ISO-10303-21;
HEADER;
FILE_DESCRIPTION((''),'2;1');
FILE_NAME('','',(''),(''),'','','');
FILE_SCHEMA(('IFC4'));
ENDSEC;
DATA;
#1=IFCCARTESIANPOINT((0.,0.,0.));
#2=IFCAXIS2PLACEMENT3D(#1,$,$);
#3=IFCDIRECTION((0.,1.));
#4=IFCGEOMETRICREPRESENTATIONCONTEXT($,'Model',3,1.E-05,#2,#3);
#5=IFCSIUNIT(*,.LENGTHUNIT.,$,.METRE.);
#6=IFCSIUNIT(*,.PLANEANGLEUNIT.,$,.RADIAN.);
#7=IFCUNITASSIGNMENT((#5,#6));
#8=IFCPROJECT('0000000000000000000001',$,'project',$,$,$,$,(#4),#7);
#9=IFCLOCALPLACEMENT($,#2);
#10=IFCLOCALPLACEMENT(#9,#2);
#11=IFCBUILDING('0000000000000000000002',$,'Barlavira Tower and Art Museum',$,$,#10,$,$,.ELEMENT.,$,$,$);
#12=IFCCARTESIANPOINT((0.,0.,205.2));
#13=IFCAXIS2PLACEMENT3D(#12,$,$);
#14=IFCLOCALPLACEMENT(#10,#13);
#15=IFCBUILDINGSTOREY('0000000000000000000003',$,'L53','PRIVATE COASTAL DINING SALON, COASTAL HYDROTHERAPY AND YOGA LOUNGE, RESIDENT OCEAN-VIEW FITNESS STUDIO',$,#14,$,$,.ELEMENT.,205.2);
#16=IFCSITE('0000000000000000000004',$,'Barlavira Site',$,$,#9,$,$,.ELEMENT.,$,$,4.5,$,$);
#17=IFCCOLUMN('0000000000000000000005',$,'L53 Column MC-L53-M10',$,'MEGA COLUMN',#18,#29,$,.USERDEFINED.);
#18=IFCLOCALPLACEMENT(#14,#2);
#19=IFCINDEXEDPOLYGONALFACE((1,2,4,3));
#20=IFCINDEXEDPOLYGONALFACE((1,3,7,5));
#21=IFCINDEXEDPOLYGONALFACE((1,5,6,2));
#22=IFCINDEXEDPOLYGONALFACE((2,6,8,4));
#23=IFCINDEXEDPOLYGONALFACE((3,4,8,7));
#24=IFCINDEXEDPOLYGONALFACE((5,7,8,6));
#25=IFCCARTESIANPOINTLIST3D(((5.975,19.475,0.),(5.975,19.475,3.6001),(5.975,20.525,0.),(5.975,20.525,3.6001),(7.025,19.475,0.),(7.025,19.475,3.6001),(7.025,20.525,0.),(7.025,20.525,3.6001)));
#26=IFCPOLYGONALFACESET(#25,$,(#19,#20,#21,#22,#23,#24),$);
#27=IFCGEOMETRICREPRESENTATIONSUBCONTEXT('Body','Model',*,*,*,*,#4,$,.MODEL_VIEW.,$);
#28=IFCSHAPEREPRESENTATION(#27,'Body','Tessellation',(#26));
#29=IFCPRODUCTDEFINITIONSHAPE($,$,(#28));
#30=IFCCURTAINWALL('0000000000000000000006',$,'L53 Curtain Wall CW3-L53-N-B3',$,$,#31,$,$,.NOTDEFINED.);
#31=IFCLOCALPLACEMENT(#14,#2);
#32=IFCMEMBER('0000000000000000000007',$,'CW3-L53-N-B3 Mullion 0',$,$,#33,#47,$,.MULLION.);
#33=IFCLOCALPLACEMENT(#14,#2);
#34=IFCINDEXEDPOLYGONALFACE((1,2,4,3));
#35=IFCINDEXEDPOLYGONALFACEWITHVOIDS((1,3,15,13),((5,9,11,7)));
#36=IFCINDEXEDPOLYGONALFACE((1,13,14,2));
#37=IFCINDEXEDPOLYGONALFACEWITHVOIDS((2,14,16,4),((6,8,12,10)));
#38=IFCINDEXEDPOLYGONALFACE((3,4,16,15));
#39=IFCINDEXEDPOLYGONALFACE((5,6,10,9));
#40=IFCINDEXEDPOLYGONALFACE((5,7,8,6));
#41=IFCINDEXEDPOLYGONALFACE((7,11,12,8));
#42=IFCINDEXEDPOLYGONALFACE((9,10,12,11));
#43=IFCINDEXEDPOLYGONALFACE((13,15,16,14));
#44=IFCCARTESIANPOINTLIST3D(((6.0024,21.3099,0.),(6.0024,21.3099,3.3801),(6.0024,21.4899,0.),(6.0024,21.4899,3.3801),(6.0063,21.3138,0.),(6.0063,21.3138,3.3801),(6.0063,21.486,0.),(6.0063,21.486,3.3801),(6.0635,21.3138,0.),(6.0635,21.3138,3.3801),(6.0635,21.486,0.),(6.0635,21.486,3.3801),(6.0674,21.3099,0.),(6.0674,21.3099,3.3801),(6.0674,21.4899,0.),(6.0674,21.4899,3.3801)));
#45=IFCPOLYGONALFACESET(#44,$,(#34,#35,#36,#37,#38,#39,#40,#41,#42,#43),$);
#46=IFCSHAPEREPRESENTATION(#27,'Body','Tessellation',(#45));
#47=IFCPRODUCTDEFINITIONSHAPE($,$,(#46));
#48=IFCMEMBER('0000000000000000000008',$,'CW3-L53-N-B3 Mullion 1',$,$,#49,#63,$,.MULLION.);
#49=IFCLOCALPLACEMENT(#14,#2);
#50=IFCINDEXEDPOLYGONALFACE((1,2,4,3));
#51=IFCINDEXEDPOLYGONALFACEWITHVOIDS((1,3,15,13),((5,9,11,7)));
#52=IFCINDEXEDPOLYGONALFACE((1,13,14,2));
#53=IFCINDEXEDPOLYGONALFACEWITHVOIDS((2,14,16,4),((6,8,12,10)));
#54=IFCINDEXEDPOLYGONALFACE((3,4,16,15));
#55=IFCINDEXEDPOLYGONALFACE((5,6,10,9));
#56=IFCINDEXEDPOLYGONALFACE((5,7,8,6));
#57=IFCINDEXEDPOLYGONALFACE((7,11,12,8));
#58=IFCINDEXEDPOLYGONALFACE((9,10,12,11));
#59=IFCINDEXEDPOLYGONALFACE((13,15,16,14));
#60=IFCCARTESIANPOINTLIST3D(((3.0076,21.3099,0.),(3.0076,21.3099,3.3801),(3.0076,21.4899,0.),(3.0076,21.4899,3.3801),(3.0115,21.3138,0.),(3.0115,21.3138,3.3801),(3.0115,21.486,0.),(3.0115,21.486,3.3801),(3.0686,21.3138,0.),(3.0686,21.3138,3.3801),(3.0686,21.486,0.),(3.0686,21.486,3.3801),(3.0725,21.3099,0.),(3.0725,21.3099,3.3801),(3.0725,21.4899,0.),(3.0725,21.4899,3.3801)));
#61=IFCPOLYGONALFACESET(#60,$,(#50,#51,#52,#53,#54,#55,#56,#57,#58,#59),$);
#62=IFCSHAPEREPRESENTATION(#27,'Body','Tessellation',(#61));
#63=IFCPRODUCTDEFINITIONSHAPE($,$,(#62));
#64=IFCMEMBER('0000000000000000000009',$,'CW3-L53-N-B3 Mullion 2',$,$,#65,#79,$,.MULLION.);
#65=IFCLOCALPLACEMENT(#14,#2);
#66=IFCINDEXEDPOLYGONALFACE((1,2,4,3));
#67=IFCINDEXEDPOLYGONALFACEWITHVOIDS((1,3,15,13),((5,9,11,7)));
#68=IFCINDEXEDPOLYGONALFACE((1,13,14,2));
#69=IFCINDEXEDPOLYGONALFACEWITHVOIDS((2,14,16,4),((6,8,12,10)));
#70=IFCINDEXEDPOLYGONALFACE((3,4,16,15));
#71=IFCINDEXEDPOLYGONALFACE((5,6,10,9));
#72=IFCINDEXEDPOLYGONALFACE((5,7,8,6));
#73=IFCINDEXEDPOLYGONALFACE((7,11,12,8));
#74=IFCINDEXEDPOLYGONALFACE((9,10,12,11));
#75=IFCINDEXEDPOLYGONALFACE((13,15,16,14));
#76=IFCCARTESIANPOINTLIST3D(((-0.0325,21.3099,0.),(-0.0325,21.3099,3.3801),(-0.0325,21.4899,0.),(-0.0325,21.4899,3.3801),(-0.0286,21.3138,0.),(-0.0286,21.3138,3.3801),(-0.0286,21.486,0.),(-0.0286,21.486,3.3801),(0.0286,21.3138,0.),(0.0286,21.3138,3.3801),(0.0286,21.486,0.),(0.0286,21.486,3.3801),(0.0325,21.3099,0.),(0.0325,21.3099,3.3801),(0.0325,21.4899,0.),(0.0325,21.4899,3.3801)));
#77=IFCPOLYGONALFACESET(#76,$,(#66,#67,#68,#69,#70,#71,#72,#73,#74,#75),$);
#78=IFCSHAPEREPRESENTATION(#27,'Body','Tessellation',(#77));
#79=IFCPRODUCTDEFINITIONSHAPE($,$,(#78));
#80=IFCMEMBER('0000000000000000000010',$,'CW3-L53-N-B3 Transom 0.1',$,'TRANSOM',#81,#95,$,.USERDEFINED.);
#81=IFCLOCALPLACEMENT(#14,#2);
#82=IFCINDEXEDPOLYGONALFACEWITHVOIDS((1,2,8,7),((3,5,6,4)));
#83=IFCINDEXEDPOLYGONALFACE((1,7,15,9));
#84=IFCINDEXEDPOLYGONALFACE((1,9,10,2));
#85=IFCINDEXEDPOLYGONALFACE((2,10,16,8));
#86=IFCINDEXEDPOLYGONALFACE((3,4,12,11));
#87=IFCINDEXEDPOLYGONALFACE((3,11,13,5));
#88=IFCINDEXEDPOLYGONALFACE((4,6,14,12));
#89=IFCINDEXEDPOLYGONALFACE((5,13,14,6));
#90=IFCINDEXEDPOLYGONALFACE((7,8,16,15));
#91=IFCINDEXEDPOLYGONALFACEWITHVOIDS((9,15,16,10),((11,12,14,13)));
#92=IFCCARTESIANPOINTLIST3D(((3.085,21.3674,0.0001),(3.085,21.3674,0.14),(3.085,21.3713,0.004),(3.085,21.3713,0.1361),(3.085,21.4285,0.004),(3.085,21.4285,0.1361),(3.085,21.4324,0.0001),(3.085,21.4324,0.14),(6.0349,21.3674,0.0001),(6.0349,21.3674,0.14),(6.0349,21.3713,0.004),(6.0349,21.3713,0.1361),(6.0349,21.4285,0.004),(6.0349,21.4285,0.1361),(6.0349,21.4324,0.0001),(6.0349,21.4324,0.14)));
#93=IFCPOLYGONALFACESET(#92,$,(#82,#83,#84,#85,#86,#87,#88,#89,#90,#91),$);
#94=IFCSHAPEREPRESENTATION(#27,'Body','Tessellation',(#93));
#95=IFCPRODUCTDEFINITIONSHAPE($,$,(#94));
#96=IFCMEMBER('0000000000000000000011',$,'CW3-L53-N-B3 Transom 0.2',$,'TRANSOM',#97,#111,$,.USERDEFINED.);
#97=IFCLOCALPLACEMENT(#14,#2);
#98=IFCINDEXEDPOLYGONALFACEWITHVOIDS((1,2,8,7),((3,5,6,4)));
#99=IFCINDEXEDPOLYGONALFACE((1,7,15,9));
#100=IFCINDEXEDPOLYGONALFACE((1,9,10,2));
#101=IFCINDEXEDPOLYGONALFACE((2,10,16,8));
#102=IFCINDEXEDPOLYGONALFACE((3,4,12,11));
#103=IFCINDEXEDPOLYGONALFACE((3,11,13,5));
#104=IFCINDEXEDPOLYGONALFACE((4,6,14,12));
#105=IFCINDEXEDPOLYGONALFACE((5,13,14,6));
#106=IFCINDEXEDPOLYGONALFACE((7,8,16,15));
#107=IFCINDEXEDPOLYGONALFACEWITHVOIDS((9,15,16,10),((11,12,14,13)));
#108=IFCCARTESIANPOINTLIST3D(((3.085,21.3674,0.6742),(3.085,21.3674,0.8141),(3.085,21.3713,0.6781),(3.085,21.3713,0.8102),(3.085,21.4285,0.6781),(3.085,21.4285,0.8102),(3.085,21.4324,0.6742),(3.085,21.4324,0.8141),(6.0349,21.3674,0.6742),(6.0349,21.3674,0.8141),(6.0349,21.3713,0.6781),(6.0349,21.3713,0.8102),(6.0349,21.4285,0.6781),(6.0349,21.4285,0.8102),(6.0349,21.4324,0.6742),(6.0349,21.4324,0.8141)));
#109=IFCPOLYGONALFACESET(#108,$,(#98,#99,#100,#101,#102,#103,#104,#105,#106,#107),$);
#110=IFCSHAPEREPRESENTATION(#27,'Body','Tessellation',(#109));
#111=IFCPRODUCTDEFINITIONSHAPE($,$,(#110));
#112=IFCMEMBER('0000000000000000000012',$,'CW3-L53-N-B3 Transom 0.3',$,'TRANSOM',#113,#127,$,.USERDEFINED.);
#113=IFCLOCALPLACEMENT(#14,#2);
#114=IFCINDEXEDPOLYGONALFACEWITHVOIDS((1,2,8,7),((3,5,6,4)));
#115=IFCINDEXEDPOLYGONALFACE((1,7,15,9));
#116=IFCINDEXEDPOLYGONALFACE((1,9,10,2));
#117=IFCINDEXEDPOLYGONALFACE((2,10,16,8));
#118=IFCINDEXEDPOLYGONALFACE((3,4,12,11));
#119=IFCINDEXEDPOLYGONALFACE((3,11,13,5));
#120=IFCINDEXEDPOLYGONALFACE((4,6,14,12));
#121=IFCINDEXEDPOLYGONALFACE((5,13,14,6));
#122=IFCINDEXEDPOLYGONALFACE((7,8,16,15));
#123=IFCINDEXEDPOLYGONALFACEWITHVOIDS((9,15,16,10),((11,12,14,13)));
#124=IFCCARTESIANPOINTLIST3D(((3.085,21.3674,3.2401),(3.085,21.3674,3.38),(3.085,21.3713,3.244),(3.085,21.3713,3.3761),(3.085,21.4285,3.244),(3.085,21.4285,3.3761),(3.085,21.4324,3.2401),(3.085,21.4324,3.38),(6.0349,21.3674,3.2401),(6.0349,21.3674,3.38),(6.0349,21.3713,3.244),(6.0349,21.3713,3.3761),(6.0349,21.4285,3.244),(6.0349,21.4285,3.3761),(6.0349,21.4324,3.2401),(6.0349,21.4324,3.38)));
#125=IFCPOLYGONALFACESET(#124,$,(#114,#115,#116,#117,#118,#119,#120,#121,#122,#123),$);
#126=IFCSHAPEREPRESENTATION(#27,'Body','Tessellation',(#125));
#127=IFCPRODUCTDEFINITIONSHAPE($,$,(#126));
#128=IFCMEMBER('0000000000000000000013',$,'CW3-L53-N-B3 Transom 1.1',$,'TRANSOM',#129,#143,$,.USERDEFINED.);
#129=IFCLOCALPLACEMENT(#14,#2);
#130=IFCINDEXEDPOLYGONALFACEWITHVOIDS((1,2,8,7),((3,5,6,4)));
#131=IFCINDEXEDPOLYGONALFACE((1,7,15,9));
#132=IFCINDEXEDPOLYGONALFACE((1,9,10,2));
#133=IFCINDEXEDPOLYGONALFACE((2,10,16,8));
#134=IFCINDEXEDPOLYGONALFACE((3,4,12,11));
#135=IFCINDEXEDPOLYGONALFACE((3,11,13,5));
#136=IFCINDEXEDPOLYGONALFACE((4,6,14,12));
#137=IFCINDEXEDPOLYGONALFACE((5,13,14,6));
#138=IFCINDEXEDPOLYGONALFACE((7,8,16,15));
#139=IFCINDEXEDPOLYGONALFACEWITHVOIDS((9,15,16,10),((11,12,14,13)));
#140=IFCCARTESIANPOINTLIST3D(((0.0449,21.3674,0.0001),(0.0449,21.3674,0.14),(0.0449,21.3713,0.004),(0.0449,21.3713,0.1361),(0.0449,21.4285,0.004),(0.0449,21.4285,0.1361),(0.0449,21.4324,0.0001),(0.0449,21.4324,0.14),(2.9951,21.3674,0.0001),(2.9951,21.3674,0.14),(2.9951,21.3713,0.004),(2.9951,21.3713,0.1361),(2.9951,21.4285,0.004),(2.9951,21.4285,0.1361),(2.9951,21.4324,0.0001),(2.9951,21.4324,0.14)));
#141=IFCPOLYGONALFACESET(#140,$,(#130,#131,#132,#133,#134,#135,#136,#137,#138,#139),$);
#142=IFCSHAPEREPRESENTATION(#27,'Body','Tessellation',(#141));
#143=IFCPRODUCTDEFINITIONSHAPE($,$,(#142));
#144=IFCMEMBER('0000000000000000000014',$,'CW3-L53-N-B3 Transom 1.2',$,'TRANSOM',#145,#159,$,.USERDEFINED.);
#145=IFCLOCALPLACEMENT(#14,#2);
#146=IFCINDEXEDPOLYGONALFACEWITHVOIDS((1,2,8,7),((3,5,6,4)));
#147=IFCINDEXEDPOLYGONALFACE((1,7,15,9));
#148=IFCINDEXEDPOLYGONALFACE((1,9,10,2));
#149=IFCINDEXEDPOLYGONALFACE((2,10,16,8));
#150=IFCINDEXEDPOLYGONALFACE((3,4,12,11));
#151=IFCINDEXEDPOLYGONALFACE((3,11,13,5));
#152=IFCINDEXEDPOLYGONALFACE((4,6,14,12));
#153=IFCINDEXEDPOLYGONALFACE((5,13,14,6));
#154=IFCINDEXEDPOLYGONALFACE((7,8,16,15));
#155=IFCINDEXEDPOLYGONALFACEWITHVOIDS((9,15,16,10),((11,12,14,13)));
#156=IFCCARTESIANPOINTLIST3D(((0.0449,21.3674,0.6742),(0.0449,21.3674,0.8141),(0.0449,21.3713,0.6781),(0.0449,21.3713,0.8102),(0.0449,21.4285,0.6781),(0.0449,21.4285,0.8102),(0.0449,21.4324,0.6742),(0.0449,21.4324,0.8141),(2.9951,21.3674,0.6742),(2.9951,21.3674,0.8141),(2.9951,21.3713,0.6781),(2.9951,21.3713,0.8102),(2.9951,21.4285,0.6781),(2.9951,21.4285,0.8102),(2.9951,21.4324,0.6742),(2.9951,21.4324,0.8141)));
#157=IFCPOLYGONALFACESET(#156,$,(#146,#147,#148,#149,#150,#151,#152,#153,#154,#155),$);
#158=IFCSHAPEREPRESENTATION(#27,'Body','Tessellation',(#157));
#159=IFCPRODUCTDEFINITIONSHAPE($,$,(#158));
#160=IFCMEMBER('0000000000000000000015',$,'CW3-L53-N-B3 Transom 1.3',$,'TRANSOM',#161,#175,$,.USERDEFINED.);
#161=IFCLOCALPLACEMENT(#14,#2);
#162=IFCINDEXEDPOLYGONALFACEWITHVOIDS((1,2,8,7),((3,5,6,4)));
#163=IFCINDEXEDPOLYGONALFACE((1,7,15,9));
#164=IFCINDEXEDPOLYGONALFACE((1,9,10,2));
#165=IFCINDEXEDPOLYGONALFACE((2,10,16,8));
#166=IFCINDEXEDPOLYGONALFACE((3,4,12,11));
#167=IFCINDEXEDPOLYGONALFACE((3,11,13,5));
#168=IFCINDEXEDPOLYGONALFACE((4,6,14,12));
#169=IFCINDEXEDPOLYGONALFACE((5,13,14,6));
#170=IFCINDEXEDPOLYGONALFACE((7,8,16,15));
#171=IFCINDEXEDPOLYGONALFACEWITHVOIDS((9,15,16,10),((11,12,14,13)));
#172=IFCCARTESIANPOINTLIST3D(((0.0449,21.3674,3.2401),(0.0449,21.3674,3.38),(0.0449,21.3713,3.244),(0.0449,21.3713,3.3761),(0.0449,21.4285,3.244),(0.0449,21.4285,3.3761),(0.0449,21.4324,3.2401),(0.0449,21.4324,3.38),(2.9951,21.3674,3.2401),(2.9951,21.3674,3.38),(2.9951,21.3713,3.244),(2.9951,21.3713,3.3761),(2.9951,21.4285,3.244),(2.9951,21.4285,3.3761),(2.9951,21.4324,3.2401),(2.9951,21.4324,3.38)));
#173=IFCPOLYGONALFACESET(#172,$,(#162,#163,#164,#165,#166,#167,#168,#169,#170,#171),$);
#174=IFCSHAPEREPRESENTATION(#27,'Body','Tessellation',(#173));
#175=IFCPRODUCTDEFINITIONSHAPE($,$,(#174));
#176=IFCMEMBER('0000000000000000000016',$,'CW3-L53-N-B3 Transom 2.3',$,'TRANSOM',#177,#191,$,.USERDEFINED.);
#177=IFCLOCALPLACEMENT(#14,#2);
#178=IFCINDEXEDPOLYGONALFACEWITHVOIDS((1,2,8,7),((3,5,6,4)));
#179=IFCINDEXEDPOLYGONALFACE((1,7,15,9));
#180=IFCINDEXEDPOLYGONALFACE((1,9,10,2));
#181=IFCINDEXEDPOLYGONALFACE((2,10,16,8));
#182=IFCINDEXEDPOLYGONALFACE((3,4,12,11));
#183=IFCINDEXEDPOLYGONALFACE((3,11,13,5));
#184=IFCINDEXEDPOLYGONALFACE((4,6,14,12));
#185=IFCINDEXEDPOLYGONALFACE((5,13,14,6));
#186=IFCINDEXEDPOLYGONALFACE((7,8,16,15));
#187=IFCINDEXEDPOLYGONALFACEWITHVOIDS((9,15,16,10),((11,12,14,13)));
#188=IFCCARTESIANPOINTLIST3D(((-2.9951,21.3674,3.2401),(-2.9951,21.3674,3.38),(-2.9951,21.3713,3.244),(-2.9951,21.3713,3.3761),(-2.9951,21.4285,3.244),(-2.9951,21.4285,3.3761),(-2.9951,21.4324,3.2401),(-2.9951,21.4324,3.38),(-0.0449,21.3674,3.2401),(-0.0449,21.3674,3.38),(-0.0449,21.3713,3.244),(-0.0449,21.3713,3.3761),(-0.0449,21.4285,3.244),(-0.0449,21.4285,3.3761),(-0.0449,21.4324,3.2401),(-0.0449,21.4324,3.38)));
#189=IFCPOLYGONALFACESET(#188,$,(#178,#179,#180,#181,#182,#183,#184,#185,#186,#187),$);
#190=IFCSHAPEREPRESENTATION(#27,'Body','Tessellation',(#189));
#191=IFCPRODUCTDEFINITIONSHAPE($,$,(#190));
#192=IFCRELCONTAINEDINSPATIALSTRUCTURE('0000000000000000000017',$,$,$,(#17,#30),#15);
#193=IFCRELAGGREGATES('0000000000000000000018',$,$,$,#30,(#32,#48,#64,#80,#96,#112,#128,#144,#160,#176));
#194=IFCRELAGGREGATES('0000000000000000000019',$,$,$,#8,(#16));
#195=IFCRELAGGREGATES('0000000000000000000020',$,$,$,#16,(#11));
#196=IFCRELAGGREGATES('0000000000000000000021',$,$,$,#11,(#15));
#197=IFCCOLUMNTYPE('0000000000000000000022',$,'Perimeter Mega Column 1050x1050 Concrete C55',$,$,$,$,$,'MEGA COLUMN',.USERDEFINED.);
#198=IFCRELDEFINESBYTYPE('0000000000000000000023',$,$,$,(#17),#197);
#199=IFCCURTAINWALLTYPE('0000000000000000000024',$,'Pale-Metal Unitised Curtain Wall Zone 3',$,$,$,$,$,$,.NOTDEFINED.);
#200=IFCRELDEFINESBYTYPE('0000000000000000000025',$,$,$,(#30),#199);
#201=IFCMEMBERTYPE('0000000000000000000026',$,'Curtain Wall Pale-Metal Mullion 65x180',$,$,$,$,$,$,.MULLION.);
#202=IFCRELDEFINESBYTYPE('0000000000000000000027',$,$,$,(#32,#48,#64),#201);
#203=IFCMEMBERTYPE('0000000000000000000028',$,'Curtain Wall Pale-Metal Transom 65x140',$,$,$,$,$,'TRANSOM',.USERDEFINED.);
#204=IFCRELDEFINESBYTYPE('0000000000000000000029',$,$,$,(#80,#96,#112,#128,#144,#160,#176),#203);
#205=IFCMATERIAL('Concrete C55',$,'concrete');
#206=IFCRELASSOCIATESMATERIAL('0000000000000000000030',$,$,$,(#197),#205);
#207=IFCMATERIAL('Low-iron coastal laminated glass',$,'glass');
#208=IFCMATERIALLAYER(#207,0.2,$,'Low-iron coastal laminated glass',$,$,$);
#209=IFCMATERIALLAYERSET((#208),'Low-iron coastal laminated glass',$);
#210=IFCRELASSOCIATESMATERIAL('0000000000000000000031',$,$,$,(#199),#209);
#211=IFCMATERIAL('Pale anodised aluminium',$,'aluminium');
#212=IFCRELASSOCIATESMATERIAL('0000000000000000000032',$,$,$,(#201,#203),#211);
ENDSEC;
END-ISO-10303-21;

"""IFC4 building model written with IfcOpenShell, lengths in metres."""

from ifc_helpers import new_model, si_unit, direction, frame, origin, origin_2d, place, context, subcontext, project, spatial, rectangle, hollow_rectangle, extrude, material, layer, layer_set, material_profile, profile_set, type_object, element, aggregate, save


model = new_model("IFC4")

# Units and contexts
model_context = context("Model", 3, precision=1e-05, world=origin(), true_north=direction((0.0, 1.0)))
body_context = subcontext(model_context, "Body", "Model", "MODEL_VIEW")
ifc_project = project(units=[si_unit("LENGTHUNIT", "METRE"), si_unit("PLANEANGLEUNIT", "RADIAN")], contexts=[model_context])

# Site, building, storey
site_placement = place(None, origin())
site = spatial("IfcSite", under=ifc_project, at=site_placement, Name="Barlavira Site", CompositionType="ELEMENT", RefElevation=4.5)
building_placement = place(site_placement, origin())
building = spatial("IfcBuilding", under=site, at=building_placement, Name="Barlavira Tower and Art Museum", CompositionType="ELEMENT")
storey_placement = place(building_placement, frame((0.0, 0.0, 205.2)))
storey = spatial("IfcBuildingStorey", under=building, at=storey_placement, Name="L53", Description="PRIVATE COASTAL DINING SALON, COASTAL HYDROTHERAPY AND YOGA LOUNGE, RESIDENT OCEAN-VIEW FITNESS STUDIO", CompositionType="ELEMENT", Elevation=205.2)

# Column
ifc_material_1 = material(Name="Concrete C55", Category="concrete")
ifc_material_profile_1 = material_profile(ifc_material_1, rectangle(XDim=1.05, YDim=1.05, at=origin_2d()), Name="RC-COL 1050x1050")
ifc_profile_set_1 = profile_set([ifc_material_profile_1], Name="Concrete C55")
column_type = type_object("IfcColumnType", Name="Perimeter Mega Column 1050x1050 Concrete C55", ElementType="MEGA COLUMN", PredefinedType="USERDEFINED", material=ifc_profile_set_1)
column_placement = place(storey_placement, frame((6.5, 20.0, 0.0), z_axis=(0.0, 0.0, 1.0), x_axis=(1.0, 0.0, 0.0)))
element("IfcColumn", 1, at=column_placement, inside=storey, type_object=column_type, Name="L53 Column MC-L53-M10", ObjectType="MEGA COLUMN", PredefinedType="USERDEFINED", context=body_context, shape_type="SweptSolid", body=[
    extrude(rectangle(XDim=1.05, YDim=1.05, at=origin_2d()), origin(), (0.0, 0.0, 1.0), 3.6001),
])

# Curtain wall, members
ifc_material_2 = material(Name="Low-iron coastal laminated glass", Category="glass")
ifc_layer_1 = layer(ifc_material_2, 0.2, Name="Low-iron coastal laminated glass")
ifc_layer_set_1 = layer_set([ifc_layer_1], Name="Low-iron coastal laminated glass")
curtain_wall_type = type_object("IfcCurtainWallType", Name="Pale-Metal Unitised Curtain Wall Zone 3", PredefinedType="NOTDEFINED", material=ifc_layer_set_1)
curtain_wall_placement = place(storey_placement, origin())
curtain_wall = element("IfcCurtainWall", 2, at=curtain_wall_placement, inside=storey, type_object=curtain_wall_type, Name="L53 Curtain Wall CW3-L53-N-B3", PredefinedType="NOTDEFINED")
ifc_material_3 = material(Name="Pale anodised aluminium", Category="aluminium")
ifc_material_profile_2 = material_profile(ifc_material_3, hollow_rectangle(XDim=0.0649, YDim=0.1799, WallThickness=0.0039, at=origin_2d()), Name="ALU-MULL 65x180x4")
ifc_profile_set_2 = profile_set([ifc_material_profile_2], Name="Pale anodised aluminium")
member_type_1 = type_object("IfcMemberType", Name="Curtain Wall Pale-Metal Mullion 65x180", PredefinedType="MULLION", material=ifc_profile_set_2)
member_1_placement = place(storey_placement, frame((6.0349, 21.3999, 0.0), z_axis=(0.0, 0.0, 1.0), x_axis=(-1.0, 0.0, 0.0)))
member_1 = element("IfcMember", 3, at=member_1_placement, type_object=member_type_1, Name="CW3-L53-N-B3 Mullion 0", PredefinedType="MULLION", context=body_context, shape_type="SweptSolid", body=[
    extrude(hollow_rectangle(XDim=0.0649, YDim=0.1799, WallThickness=0.0039, at=origin_2d()), origin(), (0.0, 0.0, 1.0), 3.3801),
])
member_2_placement = place(storey_placement, frame((3.04, 21.3999, 0.0), z_axis=(0.0, 0.0, 1.0), x_axis=(-1.0, 0.0, 0.0)))
member_2 = element("IfcMember", 4, at=member_2_placement, type_object=member_type_1, Name="CW3-L53-N-B3 Mullion 1", PredefinedType="MULLION", context=body_context, shape_type="SweptSolid", body=[
    extrude(hollow_rectangle(XDim=0.0649, YDim=0.1799, WallThickness=0.0039, at=origin_2d()), origin(), (0.0, 0.0, 1.0), 3.3801),
])
member_3_placement = place(storey_placement, frame((0.0, 21.3999, 0.0), z_axis=(0.0, 0.0, 1.0), x_axis=(-1.0, 0.0, 0.0)))
member_3 = element("IfcMember", 5, at=member_3_placement, type_object=member_type_1, Name="CW3-L53-N-B3 Mullion 2", PredefinedType="MULLION", context=body_context, shape_type="SweptSolid", body=[
    extrude(hollow_rectangle(XDim=0.0649, YDim=0.1799, WallThickness=0.0039, at=origin_2d()), origin(), (0.0, 0.0, 1.0), 3.3801),
])
ifc_material_profile_3 = material_profile(ifc_material_3, hollow_rectangle(XDim=0.0649, YDim=0.1399, WallThickness=0.0039, at=origin_2d()), Name="ALU-TRAN 65x140x4")
ifc_profile_set_3 = profile_set([ifc_material_profile_3], Name="Pale anodised aluminium")
member_type_2 = type_object("IfcMemberType", Name="Curtain Wall Pale-Metal Transom 65x140", ElementType="TRANSOM", PredefinedType="USERDEFINED", material=ifc_profile_set_3)
member_4_placement = place(storey_placement, frame((6.0349, 21.3999, 0.0701), z_axis=(-1.0, 0.0, 0.0), x_axis=(0.0, -1.0, 0.0)))
member_4 = element("IfcMember", 6, at=member_4_placement, type_object=member_type_2, Name="CW3-L53-N-B3 Transom 0.1", ObjectType="TRANSOM", PredefinedType="USERDEFINED", context=body_context, shape_type="SweptSolid", body=[
    extrude(hollow_rectangle(XDim=0.0649, YDim=0.1399, WallThickness=0.0039, at=origin_2d()), origin(), (0.0, 0.0, 1.0), 2.95),
])
member_5_placement = place(storey_placement, frame((6.0349, 21.3999, 0.7441), z_axis=(-1.0, 0.0, 0.0), x_axis=(0.0, -1.0, 0.0)))
member_5 = element("IfcMember", 7, at=member_5_placement, type_object=member_type_2, Name="CW3-L53-N-B3 Transom 0.2", ObjectType="TRANSOM", PredefinedType="USERDEFINED", context=body_context, shape_type="SweptSolid", body=[
    extrude(hollow_rectangle(XDim=0.0649, YDim=0.1399, WallThickness=0.0039, at=origin_2d()), origin(), (0.0, 0.0, 1.0), 2.95),
])
member_6_placement = place(storey_placement, frame((6.0349, 21.3999, 3.3101), z_axis=(-1.0, 0.0, 0.0), x_axis=(0.0, -1.0, 0.0)))
member_6 = element("IfcMember", 8, at=member_6_placement, type_object=member_type_2, Name="CW3-L53-N-B3 Transom 0.3", ObjectType="TRANSOM", PredefinedType="USERDEFINED", context=body_context, shape_type="SweptSolid", body=[
    extrude(hollow_rectangle(XDim=0.0649, YDim=0.1399, WallThickness=0.0039, at=origin_2d()), origin(), (0.0, 0.0, 1.0), 2.95),
])
member_7_placement = place(storey_placement, frame((2.9951, 21.3999, 0.0701), z_axis=(-1.0, 0.0, 0.0), x_axis=(0.0, -1.0, 0.0)))
member_7 = element("IfcMember", 9, at=member_7_placement, type_object=member_type_2, Name="CW3-L53-N-B3 Transom 1.1", ObjectType="TRANSOM", PredefinedType="USERDEFINED", context=body_context, shape_type="SweptSolid", body=[
    extrude(hollow_rectangle(XDim=0.0649, YDim=0.1399, WallThickness=0.0039, at=origin_2d()), origin(), (0.0, 0.0, 1.0), 2.9502),
])
member_8_placement = place(storey_placement, frame((2.9951, 21.3999, 0.7441), z_axis=(-1.0, 0.0, 0.0), x_axis=(0.0, -1.0, 0.0)))
member_8 = element("IfcMember", 10, at=member_8_placement, type_object=member_type_2, Name="CW3-L53-N-B3 Transom 1.2", ObjectType="TRANSOM", PredefinedType="USERDEFINED", context=body_context, shape_type="SweptSolid", body=[
    extrude(hollow_rectangle(XDim=0.0649, YDim=0.1399, WallThickness=0.0039, at=origin_2d()), origin(), (0.0, 0.0, 1.0), 2.9502),
])
member_9_placement = place(storey_placement, frame((2.9951, 21.3999, 3.3101), z_axis=(-1.0, 0.0, 0.0), x_axis=(0.0, -1.0, 0.0)))
member_9 = element("IfcMember", 11, at=member_9_placement, type_object=member_type_2, Name="CW3-L53-N-B3 Transom 1.3", ObjectType="TRANSOM", PredefinedType="USERDEFINED", context=body_context, shape_type="SweptSolid", body=[
    extrude(hollow_rectangle(XDim=0.0649, YDim=0.1399, WallThickness=0.0039, at=origin_2d()), origin(), (0.0, 0.0, 1.0), 2.9502),
])
member_10_placement = place(storey_placement, frame((-0.0449, 21.3999, 3.3101), z_axis=(-1.0, 0.0, 0.0), x_axis=(0.0, -1.0, 0.0)))
member_10 = element("IfcMember", 12, at=member_10_placement, type_object=member_type_2, Name="CW3-L53-N-B3 Transom 2.3", ObjectType="TRANSOM", PredefinedType="USERDEFINED", context=body_context, shape_type="SweptSolid", body=[
    extrude(hollow_rectangle(XDim=0.0649, YDim=0.1399, WallThickness=0.0039, at=origin_2d()), origin(), (0.0, 0.0, 1.0), 2.9502),
])

aggregate(curtain_wall, [member_1, member_2, member_3, member_4, member_5, member_6, member_7, member_8, member_9, member_10])

save(model, "model.ifc")
